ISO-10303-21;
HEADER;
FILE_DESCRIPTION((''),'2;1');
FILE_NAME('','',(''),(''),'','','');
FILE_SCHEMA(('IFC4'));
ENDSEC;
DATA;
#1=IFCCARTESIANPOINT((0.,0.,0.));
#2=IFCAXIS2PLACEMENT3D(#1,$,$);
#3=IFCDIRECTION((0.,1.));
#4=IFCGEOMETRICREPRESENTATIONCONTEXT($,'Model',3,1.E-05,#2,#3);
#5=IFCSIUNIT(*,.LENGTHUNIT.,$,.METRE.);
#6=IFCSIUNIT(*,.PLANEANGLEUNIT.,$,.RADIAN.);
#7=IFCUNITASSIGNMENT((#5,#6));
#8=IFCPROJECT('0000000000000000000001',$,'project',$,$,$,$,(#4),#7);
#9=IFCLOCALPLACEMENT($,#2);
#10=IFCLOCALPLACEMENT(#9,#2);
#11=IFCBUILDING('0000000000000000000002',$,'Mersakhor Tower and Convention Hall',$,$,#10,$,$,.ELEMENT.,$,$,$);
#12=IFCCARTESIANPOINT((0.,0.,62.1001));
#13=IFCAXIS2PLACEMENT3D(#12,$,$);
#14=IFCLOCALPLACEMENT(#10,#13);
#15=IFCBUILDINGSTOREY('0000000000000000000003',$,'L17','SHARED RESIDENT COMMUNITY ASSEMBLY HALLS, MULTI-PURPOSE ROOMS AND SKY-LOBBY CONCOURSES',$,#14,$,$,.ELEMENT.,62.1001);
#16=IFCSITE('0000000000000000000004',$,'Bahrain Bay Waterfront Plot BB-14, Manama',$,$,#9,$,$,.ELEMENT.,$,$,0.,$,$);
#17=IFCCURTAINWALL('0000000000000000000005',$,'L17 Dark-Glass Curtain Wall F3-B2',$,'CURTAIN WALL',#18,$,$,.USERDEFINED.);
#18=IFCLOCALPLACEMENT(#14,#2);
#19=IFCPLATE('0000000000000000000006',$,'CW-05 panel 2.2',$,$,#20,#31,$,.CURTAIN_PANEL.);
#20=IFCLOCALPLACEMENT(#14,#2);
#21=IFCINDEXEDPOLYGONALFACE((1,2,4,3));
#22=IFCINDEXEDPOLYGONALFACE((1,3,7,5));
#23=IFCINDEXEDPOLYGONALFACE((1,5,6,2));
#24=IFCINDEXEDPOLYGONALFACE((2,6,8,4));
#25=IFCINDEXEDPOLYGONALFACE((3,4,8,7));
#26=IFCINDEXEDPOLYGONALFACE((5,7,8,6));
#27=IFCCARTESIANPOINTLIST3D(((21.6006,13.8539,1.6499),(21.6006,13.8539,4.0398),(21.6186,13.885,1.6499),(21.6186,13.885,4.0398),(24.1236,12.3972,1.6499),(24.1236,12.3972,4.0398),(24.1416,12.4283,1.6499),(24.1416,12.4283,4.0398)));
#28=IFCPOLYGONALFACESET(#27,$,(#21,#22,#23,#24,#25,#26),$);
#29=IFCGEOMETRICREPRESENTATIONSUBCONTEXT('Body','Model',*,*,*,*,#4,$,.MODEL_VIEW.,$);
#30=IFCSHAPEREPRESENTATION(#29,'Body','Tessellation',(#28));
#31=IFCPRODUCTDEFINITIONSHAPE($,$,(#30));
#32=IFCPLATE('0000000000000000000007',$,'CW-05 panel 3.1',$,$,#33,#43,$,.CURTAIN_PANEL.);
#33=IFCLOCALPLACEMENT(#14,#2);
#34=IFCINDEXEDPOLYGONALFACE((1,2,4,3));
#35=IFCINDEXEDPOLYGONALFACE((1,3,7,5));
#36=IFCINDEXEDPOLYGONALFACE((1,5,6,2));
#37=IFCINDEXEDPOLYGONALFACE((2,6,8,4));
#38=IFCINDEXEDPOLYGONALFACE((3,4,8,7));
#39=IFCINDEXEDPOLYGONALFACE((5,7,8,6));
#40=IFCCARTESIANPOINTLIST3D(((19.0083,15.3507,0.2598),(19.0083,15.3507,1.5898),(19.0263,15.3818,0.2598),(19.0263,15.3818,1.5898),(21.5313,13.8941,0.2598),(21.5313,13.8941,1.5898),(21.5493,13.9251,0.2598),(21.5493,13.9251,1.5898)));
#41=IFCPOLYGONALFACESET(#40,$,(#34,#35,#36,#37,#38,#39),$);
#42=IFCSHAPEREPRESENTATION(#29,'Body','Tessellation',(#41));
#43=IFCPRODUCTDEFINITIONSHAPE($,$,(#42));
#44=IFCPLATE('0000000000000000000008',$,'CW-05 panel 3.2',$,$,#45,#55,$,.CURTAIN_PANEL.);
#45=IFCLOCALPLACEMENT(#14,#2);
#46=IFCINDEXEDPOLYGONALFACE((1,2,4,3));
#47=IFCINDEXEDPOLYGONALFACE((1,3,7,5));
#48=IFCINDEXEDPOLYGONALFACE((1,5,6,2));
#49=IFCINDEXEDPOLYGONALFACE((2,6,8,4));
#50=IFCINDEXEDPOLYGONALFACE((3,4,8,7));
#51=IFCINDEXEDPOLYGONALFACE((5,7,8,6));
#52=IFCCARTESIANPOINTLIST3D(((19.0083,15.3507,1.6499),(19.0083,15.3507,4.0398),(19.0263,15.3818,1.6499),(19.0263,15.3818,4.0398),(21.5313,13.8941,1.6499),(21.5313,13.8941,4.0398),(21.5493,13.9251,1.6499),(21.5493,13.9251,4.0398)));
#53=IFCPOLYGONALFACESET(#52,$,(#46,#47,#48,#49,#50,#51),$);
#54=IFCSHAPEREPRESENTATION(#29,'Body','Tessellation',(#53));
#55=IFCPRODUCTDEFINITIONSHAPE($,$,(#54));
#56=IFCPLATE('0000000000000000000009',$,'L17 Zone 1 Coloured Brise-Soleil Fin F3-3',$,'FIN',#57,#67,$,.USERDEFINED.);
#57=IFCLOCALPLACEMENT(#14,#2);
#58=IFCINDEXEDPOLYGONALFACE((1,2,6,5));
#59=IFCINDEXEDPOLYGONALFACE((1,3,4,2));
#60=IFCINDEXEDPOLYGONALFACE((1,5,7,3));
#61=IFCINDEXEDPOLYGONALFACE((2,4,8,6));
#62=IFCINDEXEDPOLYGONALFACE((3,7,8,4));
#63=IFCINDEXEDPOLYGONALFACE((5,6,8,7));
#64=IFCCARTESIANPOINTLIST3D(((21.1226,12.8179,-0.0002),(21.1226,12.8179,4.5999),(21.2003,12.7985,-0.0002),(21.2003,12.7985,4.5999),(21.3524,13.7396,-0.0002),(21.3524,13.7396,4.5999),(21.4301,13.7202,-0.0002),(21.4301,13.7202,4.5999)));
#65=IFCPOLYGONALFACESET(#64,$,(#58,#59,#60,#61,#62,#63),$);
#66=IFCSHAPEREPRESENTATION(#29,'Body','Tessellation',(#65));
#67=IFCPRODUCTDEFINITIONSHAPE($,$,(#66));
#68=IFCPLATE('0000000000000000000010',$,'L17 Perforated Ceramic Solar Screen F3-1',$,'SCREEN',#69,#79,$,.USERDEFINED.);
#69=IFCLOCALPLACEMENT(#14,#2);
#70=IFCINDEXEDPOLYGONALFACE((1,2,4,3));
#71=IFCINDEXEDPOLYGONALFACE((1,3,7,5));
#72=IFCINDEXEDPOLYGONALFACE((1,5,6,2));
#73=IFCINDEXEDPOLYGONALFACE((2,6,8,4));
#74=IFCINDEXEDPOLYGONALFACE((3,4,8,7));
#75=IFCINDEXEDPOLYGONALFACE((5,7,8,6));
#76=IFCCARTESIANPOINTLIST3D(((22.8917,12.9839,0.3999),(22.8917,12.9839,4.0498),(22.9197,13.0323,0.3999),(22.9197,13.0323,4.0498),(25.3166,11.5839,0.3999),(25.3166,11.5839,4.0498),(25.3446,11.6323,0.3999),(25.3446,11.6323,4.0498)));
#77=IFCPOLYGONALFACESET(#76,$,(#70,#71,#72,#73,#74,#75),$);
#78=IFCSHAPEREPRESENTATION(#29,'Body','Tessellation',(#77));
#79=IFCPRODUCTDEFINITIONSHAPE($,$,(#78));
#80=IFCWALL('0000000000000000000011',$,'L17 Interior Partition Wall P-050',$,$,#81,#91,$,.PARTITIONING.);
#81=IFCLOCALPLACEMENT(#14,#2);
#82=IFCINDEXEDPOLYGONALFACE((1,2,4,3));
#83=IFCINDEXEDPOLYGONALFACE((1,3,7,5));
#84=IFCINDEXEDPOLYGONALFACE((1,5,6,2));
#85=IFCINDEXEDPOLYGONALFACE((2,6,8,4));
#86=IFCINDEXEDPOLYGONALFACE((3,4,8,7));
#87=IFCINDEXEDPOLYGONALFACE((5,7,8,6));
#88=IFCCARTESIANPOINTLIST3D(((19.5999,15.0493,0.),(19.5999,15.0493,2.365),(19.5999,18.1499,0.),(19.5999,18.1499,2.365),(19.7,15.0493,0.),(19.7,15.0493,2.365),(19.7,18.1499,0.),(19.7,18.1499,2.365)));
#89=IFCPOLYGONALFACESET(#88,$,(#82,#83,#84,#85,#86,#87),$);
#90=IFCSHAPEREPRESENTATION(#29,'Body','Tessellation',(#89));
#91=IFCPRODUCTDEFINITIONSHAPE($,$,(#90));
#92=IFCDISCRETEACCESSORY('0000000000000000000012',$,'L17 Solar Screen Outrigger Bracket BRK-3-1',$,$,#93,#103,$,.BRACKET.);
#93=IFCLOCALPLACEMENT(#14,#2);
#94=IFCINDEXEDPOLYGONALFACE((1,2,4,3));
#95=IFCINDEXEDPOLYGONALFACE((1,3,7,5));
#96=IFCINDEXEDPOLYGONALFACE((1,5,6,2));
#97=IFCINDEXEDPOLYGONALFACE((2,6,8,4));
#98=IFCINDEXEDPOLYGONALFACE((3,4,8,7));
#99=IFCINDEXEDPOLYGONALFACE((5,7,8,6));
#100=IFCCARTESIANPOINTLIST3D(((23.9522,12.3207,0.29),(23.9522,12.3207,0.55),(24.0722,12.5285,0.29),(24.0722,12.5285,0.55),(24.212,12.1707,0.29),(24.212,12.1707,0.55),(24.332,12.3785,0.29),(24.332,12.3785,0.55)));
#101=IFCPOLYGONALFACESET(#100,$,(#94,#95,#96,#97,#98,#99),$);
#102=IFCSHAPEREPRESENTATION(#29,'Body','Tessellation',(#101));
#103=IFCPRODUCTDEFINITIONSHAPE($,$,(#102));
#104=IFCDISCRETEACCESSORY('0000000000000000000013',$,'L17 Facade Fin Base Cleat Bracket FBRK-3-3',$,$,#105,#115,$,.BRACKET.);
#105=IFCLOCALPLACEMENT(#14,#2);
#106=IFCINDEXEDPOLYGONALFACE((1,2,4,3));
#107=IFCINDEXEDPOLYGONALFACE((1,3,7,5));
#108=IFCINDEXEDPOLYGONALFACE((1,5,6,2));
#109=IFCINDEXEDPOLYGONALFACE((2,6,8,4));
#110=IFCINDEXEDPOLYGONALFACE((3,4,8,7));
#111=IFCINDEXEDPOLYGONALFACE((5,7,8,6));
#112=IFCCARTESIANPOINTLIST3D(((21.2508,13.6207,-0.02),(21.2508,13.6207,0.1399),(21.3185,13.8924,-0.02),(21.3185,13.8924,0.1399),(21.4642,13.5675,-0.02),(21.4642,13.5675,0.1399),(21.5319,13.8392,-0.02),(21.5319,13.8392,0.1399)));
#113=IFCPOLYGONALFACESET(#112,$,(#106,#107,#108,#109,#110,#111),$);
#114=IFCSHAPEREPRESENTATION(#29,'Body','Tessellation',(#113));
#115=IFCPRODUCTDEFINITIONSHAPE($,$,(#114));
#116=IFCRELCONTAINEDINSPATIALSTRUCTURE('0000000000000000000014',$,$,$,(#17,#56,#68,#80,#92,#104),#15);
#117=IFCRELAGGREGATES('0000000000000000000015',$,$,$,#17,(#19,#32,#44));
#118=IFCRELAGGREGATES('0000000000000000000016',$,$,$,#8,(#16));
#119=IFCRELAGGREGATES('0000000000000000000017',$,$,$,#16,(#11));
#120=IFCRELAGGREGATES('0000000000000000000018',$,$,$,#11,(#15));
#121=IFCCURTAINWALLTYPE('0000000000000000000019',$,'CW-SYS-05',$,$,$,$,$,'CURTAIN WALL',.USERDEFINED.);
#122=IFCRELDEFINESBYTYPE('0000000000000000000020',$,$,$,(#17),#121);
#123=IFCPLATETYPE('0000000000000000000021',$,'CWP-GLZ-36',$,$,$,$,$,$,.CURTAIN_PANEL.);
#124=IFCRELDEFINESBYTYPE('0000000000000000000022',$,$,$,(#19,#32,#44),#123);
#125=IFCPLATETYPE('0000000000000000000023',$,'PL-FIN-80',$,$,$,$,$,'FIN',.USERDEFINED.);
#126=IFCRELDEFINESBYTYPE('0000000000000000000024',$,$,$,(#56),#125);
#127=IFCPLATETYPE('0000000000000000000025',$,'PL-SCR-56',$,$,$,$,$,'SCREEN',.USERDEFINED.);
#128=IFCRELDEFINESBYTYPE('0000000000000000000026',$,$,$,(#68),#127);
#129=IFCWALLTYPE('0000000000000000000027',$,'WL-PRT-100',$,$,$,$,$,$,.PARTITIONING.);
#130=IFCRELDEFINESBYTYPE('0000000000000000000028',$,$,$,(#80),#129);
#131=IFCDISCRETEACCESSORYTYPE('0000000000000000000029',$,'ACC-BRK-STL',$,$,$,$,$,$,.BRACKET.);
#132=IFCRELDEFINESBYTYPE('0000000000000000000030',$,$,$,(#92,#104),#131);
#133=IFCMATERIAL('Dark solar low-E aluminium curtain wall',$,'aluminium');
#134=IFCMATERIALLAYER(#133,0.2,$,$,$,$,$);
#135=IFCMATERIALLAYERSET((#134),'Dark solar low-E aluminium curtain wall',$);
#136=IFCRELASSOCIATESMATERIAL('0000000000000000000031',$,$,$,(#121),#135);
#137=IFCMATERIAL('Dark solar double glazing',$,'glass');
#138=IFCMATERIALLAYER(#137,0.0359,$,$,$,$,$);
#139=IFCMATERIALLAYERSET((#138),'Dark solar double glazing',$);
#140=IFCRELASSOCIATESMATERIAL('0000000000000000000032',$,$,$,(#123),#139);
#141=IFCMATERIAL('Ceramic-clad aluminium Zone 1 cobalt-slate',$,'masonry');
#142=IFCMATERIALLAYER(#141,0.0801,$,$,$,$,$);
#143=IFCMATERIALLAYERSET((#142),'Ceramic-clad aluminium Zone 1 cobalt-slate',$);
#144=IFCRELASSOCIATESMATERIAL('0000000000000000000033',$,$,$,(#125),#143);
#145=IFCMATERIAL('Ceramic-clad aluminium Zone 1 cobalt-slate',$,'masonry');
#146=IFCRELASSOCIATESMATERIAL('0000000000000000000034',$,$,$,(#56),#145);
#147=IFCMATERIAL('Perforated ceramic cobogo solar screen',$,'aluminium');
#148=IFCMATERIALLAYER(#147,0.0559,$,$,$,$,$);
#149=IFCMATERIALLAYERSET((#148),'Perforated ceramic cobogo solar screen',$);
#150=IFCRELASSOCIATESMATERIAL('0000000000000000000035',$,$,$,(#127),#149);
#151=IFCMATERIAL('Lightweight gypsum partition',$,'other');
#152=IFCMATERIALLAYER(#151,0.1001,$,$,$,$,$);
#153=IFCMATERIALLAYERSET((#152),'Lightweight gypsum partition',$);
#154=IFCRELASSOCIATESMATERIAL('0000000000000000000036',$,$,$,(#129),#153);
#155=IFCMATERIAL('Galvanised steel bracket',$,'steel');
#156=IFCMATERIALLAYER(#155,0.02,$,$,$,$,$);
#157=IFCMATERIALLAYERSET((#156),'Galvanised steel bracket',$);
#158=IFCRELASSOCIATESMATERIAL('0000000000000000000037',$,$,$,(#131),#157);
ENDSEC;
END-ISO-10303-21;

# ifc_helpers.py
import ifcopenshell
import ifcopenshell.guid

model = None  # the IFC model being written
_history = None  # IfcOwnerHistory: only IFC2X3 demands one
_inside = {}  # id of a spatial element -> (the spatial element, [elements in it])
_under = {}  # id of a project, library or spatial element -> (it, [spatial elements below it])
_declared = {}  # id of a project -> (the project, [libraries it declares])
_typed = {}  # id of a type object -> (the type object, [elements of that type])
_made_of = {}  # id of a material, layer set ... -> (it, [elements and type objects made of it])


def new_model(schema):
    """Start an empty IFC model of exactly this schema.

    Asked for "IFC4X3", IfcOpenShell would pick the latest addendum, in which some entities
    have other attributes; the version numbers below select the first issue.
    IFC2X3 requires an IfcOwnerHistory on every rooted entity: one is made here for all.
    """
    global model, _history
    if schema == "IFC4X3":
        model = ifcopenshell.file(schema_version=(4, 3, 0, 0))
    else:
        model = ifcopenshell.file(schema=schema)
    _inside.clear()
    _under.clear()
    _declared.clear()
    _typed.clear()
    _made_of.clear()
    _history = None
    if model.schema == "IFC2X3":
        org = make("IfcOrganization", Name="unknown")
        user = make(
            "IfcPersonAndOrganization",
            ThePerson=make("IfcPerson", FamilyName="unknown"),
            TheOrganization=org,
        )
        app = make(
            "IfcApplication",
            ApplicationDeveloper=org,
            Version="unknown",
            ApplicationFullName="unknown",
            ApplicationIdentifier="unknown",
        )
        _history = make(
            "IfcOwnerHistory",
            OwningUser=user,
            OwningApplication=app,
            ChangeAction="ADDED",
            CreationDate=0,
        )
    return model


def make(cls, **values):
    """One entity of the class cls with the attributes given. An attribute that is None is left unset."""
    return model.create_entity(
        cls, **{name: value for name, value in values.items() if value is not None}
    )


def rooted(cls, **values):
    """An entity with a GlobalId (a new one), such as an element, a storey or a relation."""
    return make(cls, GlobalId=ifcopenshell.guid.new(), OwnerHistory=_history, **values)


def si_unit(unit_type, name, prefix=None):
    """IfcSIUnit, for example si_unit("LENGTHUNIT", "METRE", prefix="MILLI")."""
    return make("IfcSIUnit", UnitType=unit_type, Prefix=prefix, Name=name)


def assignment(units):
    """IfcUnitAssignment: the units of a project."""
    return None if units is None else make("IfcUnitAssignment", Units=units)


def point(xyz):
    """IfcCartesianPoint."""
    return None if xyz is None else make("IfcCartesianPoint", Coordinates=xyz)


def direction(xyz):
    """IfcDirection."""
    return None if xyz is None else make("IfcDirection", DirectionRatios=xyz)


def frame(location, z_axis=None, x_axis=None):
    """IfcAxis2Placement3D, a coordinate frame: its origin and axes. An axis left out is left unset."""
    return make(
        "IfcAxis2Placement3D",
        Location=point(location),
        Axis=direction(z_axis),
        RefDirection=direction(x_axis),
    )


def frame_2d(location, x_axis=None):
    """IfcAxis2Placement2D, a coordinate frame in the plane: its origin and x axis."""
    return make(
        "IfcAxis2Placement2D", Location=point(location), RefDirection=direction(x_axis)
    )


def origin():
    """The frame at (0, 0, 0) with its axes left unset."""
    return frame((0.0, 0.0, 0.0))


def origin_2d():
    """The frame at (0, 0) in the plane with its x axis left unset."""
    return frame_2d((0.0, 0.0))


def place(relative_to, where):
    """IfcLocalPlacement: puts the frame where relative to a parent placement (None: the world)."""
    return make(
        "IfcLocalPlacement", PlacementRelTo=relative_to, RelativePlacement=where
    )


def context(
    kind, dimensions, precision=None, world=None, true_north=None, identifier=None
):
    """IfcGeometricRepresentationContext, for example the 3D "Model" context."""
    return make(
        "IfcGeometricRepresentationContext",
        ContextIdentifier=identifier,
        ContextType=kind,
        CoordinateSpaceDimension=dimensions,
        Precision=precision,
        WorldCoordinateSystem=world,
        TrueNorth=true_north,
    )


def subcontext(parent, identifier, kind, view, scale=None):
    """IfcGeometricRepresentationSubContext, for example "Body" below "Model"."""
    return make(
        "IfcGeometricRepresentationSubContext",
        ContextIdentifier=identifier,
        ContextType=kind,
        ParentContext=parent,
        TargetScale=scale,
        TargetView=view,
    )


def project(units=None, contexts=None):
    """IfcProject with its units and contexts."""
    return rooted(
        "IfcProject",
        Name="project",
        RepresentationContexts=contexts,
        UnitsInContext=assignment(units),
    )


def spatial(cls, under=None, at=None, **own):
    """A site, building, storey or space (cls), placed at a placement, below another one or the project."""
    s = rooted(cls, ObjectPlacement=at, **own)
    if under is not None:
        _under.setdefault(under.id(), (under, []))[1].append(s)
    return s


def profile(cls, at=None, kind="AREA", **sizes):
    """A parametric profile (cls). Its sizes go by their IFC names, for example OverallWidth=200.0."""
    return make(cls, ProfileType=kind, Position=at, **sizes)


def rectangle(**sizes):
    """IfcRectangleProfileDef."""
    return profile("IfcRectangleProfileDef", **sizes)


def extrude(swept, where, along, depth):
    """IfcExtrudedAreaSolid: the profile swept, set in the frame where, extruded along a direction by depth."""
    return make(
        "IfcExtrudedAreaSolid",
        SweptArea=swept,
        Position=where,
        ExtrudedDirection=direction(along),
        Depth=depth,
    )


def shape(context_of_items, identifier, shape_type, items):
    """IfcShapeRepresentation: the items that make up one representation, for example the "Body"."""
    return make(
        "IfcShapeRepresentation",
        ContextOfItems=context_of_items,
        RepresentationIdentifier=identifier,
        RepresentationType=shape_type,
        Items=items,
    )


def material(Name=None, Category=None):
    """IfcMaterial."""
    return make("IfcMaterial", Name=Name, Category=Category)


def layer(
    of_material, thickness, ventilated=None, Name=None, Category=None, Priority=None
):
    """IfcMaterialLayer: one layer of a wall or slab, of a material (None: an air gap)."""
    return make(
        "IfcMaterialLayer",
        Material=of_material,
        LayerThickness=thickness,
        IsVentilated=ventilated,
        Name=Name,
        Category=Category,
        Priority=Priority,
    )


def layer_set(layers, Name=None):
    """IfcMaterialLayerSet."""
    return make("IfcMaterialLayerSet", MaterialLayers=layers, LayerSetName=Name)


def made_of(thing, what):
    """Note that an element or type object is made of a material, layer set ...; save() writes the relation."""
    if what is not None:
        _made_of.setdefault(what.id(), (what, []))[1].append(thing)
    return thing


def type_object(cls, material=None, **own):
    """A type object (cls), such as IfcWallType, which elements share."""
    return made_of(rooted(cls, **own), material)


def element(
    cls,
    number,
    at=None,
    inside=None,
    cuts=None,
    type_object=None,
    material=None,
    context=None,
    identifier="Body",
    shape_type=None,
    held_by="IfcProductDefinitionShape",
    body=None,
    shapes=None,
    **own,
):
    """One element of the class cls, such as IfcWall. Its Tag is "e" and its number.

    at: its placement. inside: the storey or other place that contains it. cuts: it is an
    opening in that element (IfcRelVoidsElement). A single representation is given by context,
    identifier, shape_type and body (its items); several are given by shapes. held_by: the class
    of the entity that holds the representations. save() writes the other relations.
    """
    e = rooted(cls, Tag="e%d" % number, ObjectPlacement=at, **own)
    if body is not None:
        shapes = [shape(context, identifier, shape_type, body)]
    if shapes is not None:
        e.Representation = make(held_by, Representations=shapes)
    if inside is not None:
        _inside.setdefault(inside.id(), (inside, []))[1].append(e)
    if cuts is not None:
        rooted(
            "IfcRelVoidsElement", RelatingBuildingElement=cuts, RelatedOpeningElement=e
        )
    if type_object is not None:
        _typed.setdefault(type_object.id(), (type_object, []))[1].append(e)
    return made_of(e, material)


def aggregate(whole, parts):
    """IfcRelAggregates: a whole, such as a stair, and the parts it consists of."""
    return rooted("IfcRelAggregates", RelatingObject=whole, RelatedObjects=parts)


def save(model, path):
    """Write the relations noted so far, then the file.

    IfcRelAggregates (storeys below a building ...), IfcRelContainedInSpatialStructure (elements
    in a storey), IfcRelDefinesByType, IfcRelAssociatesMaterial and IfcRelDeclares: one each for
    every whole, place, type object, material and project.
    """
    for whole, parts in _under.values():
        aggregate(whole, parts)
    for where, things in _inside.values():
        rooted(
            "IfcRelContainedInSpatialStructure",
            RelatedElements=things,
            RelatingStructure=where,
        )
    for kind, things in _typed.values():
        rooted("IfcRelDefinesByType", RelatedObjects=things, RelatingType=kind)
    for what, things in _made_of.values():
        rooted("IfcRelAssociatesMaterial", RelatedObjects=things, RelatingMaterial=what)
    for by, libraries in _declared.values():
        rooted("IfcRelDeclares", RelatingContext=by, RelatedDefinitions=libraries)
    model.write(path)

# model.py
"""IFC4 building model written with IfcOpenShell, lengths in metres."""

from ifc_helpers import new_model, si_unit, direction, frame, frame_2d, origin, origin_2d, place, context, subcontext, project, spatial, rectangle, extrude, material, layer, layer_set, type_object, element, aggregate, save


model = new_model("IFC4")

# Units and contexts
model_context = context("Model", 3, precision=1e-05, world=origin(), true_north=direction((0.0, 1.0)))
body_context = subcontext(model_context, "Body", "Model", "MODEL_VIEW")
ifc_project = project(units=[si_unit("LENGTHUNIT", "METRE"), si_unit("PLANEANGLEUNIT", "RADIAN")], contexts=[model_context])

# Site, building, storey
site_placement = place(None, origin())
site = spatial("IfcSite", under=ifc_project, at=site_placement, Name="Bahrain Bay Waterfront Plot BB-14, Manama", CompositionType="ELEMENT", RefElevation=0.0)
building_placement = place(site_placement, origin())
building = spatial("IfcBuilding", under=site, at=building_placement, Name="Mersakhor Tower and Convention Hall", CompositionType="ELEMENT")
storey_placement = place(building_placement, frame((0.0, 0.0, 62.1001)))
storey = spatial("IfcBuildingStorey", under=building, at=storey_placement, Name="L17", Description="SHARED RESIDENT COMMUNITY ASSEMBLY HALLS, MULTI-PURPOSE ROOMS AND SKY-LOBBY CONCOURSES", CompositionType="ELEMENT", Elevation=62.1001)

# Curtain wall, plates
ifc_material_1 = material(Name="Dark solar low-E aluminium curtain wall", Category="aluminium")
ifc_layer_1 = layer(ifc_material_1, 0.2)
ifc_layer_set_1 = layer_set([ifc_layer_1], Name="Dark solar low-E aluminium curtain wall")
curtain_wall_type = type_object("IfcCurtainWallType", Name="CW-SYS-05", ElementType="CURTAIN WALL", PredefinedType="USERDEFINED", material=ifc_layer_set_1)
curtain_wall_placement = place(storey_placement, origin())
curtain_wall = element("IfcCurtainWall", 1, at=curtain_wall_placement, inside=storey, type_object=curtain_wall_type, Name="L17 Dark-Glass Curtain Wall F3-B2", ObjectType="CURTAIN WALL", PredefinedType="USERDEFINED")
ifc_material_2 = material(Name="Dark solar double glazing", Category="glass")
ifc_layer_2 = layer(ifc_material_2, 0.0359)
ifc_layer_set_2 = layer_set([ifc_layer_2], Name="Dark solar double glazing")
plate_type_1 = type_object("IfcPlateType", Name="CWP-GLZ-36", PredefinedType="CURTAIN_PANEL", material=ifc_layer_set_2)
plate_1_placement = place(storey_placement, frame((22.8711, 13.1411, 1.6499), z_axis=(0.0, 0.0, 1.0), x_axis=(-0.866023, 0.500003, 0.0)))
plate_1 = element("IfcPlate", 2, at=plate_1_placement, type_object=plate_type_1, Name="CW-05 panel 2.2", PredefinedType="CURTAIN_PANEL", context=body_context, shape_type="SweptSolid", body=[
    extrude(rectangle(XDim=2.9133, YDim=0.0359, at=origin_2d()), origin(), (0.0, 0.0, 1.0), 2.3899),
])
plate_2_placement = place(storey_placement, frame((20.2788, 14.6379, 0.2598), z_axis=(0.0, 0.0, 1.0), x_axis=(-0.866023, 0.500003, 0.0)))
plate_2 = element("IfcPlate", 3, at=plate_2_placement, type_object=plate_type_1, Name="CW-05 panel 3.1", PredefinedType="CURTAIN_PANEL", context=body_context, shape_type="SweptSolid", body=[
    extrude(rectangle(XDim=2.9133, YDim=0.0359, at=origin_2d()), origin(), (0.0, 0.0, 1.0), 1.3301),
])
plate_3_placement = place(storey_placement, frame((20.2788, 14.6379, 1.6499), z_axis=(0.0, 0.0, 1.0), x_axis=(-0.866023, 0.500003, 0.0)))
plate_3 = element("IfcPlate", 4, at=plate_3_placement, type_object=plate_type_1, Name="CW-05 panel 3.2", PredefinedType="CURTAIN_PANEL", context=body_context, shape_type="SweptSolid", body=[
    extrude(rectangle(XDim=2.9133, YDim=0.0359, at=origin_2d()), origin(), (0.0, 0.0, 1.0), 2.3899),
])
aggregate(curtain_wall, [plate_1, plate_2, plate_3])

# Plates
ifc_material_3 = material(Name="Ceramic-clad aluminium Zone 1 cobalt-slate", Category="masonry")
ifc_material_4 = material(Name="Ceramic-clad aluminium Zone 1 cobalt-slate", Category="masonry")
ifc_layer_3 = layer(ifc_material_4, 0.0801)
ifc_layer_set_3 = layer_set([ifc_layer_3], Name="Ceramic-clad aluminium Zone 1 cobalt-slate")
plate_type_2 = type_object("IfcPlateType", Name="PL-FIN-80", ElementType="FIN", PredefinedType="USERDEFINED", material=ifc_layer_set_3)
plate_4_placement = place(storey_placement, frame((21.2764, 13.269, -0.0002), z_axis=(0.0, 0.0, 1.0), x_axis=(-0.241922, -0.970296, 0.0)))
element("IfcPlate", 5, at=plate_4_placement, inside=storey, type_object=plate_type_2, material=ifc_material_3, Name="L17 Zone 1 Coloured Brise-Soleil Fin F3-3", ObjectType="FIN", PredefinedType="USERDEFINED", context=body_context, shape_type="SweptSolid", body=[
    extrude(rectangle(XDim=0.95, YDim=0.0801, at=origin_2d()), origin(), (0.0, 0.0, 1.0), 4.6001),
])
ifc_material_5 = material(Name="Perforated ceramic cobogo solar screen", Category="aluminium")
ifc_layer_4 = layer(ifc_material_5, 0.0559)
ifc_layer_set_4 = layer_set([ifc_layer_4], Name="Perforated ceramic cobogo solar screen")
plate_type_3 = type_object("IfcPlateType", Name="PL-SCR-56", ElementType="SCREEN", PredefinedType="USERDEFINED", material=ifc_layer_set_4)
plate_5_placement = place(storey_placement, frame((24.1182, 12.3081, 0.3999), z_axis=(0.0, 0.0, 1.0), x_axis=(-0.866025, 0.5, 0.0)))
element("IfcPlate", 6, at=plate_5_placement, inside=storey, type_object=plate_type_3, Name="L17 Perforated Ceramic Solar Screen F3-1", ObjectType="SCREEN", PredefinedType="USERDEFINED", context=body_context, shape_type="SweptSolid", body=[
    extrude(rectangle(XDim=2.8, YDim=0.0559, at=origin_2d()), origin(), (0.0, 0.0, 1.0), 3.6499),
])

# Wall
ifc_material_6 = material(Name="Lightweight gypsum partition", Category="other")
ifc_layer_5 = layer(ifc_material_6, 0.1001)
ifc_layer_set_5 = layer_set([ifc_layer_5], Name="Lightweight gypsum partition")
wall_type = type_object("IfcWallType", Name="WL-PRT-100", PredefinedType="PARTITIONING", material=ifc_layer_set_5)
wall_placement = place(storey_placement, frame((19.6499, 15.0493, 0.0), z_axis=(0.0, 0.0, 1.0), x_axis=(0.0, 1.0, 0.0)))
element("IfcWall", 7, at=wall_placement, inside=storey, type_object=wall_type, Name="L17 Interior Partition Wall P-050", PredefinedType="PARTITIONING", context=body_context, shape_type="SweptSolid", body=[
    extrude(rectangle(XDim=3.1006, YDim=0.1001, at=frame_2d((1.5503, 0.0))), origin(), (0.0, 0.0, 1.0), 2.365),
])

# Discrete accessories
ifc_material_7 = material(Name="Galvanised steel bracket", Category="steel")
ifc_layer_6 = layer(ifc_material_7, 0.02)
ifc_layer_set_6 = layer_set([ifc_layer_6], Name="Galvanised steel bracket")
discrete_accessory_type = type_object("IfcDiscreteAccessoryType", Name="ACC-BRK-STL", PredefinedType="BRACKET", material=ifc_layer_set_6)
discrete_accessory_1_placement = place(storey_placement, frame((24.1421, 12.3496, 0.29), z_axis=(0.0, 0.0, 1.0), x_axis=(-0.866025, 0.5, 0.0)))
element("IfcDiscreteAccessory", 8, at=discrete_accessory_1_placement, inside=storey, type_object=discrete_accessory_type, Name="L17 Solar Screen Outrigger Bracket BRK-3-1", PredefinedType="BRACKET", context=body_context, shape_type="SweptSolid", body=[
    extrude(rectangle(XDim=0.3, YDim=0.24, at=origin_2d()), origin(), (0.0, 0.0, 1.0), 0.26),
])
discrete_accessory_2_placement = place(storey_placement, frame((21.3914, 13.73, -0.02), z_axis=(0.0, 0.0, 1.0), x_axis=(-0.241922, -0.970296, 0.0)))
element("IfcDiscreteAccessory", 9, at=discrete_accessory_2_placement, inside=storey, type_object=discrete_accessory_type, Name="L17 Facade Fin Base Cleat Bracket FBRK-3-3", PredefinedType="BRACKET", context=body_context, shape_type="SweptSolid", body=[
    extrude(rectangle(XDim=0.28, YDim=0.22, at=origin_2d()), origin(), (0.0, 0.0, 1.0), 0.1599),
])

save(model, "model.ifc")
